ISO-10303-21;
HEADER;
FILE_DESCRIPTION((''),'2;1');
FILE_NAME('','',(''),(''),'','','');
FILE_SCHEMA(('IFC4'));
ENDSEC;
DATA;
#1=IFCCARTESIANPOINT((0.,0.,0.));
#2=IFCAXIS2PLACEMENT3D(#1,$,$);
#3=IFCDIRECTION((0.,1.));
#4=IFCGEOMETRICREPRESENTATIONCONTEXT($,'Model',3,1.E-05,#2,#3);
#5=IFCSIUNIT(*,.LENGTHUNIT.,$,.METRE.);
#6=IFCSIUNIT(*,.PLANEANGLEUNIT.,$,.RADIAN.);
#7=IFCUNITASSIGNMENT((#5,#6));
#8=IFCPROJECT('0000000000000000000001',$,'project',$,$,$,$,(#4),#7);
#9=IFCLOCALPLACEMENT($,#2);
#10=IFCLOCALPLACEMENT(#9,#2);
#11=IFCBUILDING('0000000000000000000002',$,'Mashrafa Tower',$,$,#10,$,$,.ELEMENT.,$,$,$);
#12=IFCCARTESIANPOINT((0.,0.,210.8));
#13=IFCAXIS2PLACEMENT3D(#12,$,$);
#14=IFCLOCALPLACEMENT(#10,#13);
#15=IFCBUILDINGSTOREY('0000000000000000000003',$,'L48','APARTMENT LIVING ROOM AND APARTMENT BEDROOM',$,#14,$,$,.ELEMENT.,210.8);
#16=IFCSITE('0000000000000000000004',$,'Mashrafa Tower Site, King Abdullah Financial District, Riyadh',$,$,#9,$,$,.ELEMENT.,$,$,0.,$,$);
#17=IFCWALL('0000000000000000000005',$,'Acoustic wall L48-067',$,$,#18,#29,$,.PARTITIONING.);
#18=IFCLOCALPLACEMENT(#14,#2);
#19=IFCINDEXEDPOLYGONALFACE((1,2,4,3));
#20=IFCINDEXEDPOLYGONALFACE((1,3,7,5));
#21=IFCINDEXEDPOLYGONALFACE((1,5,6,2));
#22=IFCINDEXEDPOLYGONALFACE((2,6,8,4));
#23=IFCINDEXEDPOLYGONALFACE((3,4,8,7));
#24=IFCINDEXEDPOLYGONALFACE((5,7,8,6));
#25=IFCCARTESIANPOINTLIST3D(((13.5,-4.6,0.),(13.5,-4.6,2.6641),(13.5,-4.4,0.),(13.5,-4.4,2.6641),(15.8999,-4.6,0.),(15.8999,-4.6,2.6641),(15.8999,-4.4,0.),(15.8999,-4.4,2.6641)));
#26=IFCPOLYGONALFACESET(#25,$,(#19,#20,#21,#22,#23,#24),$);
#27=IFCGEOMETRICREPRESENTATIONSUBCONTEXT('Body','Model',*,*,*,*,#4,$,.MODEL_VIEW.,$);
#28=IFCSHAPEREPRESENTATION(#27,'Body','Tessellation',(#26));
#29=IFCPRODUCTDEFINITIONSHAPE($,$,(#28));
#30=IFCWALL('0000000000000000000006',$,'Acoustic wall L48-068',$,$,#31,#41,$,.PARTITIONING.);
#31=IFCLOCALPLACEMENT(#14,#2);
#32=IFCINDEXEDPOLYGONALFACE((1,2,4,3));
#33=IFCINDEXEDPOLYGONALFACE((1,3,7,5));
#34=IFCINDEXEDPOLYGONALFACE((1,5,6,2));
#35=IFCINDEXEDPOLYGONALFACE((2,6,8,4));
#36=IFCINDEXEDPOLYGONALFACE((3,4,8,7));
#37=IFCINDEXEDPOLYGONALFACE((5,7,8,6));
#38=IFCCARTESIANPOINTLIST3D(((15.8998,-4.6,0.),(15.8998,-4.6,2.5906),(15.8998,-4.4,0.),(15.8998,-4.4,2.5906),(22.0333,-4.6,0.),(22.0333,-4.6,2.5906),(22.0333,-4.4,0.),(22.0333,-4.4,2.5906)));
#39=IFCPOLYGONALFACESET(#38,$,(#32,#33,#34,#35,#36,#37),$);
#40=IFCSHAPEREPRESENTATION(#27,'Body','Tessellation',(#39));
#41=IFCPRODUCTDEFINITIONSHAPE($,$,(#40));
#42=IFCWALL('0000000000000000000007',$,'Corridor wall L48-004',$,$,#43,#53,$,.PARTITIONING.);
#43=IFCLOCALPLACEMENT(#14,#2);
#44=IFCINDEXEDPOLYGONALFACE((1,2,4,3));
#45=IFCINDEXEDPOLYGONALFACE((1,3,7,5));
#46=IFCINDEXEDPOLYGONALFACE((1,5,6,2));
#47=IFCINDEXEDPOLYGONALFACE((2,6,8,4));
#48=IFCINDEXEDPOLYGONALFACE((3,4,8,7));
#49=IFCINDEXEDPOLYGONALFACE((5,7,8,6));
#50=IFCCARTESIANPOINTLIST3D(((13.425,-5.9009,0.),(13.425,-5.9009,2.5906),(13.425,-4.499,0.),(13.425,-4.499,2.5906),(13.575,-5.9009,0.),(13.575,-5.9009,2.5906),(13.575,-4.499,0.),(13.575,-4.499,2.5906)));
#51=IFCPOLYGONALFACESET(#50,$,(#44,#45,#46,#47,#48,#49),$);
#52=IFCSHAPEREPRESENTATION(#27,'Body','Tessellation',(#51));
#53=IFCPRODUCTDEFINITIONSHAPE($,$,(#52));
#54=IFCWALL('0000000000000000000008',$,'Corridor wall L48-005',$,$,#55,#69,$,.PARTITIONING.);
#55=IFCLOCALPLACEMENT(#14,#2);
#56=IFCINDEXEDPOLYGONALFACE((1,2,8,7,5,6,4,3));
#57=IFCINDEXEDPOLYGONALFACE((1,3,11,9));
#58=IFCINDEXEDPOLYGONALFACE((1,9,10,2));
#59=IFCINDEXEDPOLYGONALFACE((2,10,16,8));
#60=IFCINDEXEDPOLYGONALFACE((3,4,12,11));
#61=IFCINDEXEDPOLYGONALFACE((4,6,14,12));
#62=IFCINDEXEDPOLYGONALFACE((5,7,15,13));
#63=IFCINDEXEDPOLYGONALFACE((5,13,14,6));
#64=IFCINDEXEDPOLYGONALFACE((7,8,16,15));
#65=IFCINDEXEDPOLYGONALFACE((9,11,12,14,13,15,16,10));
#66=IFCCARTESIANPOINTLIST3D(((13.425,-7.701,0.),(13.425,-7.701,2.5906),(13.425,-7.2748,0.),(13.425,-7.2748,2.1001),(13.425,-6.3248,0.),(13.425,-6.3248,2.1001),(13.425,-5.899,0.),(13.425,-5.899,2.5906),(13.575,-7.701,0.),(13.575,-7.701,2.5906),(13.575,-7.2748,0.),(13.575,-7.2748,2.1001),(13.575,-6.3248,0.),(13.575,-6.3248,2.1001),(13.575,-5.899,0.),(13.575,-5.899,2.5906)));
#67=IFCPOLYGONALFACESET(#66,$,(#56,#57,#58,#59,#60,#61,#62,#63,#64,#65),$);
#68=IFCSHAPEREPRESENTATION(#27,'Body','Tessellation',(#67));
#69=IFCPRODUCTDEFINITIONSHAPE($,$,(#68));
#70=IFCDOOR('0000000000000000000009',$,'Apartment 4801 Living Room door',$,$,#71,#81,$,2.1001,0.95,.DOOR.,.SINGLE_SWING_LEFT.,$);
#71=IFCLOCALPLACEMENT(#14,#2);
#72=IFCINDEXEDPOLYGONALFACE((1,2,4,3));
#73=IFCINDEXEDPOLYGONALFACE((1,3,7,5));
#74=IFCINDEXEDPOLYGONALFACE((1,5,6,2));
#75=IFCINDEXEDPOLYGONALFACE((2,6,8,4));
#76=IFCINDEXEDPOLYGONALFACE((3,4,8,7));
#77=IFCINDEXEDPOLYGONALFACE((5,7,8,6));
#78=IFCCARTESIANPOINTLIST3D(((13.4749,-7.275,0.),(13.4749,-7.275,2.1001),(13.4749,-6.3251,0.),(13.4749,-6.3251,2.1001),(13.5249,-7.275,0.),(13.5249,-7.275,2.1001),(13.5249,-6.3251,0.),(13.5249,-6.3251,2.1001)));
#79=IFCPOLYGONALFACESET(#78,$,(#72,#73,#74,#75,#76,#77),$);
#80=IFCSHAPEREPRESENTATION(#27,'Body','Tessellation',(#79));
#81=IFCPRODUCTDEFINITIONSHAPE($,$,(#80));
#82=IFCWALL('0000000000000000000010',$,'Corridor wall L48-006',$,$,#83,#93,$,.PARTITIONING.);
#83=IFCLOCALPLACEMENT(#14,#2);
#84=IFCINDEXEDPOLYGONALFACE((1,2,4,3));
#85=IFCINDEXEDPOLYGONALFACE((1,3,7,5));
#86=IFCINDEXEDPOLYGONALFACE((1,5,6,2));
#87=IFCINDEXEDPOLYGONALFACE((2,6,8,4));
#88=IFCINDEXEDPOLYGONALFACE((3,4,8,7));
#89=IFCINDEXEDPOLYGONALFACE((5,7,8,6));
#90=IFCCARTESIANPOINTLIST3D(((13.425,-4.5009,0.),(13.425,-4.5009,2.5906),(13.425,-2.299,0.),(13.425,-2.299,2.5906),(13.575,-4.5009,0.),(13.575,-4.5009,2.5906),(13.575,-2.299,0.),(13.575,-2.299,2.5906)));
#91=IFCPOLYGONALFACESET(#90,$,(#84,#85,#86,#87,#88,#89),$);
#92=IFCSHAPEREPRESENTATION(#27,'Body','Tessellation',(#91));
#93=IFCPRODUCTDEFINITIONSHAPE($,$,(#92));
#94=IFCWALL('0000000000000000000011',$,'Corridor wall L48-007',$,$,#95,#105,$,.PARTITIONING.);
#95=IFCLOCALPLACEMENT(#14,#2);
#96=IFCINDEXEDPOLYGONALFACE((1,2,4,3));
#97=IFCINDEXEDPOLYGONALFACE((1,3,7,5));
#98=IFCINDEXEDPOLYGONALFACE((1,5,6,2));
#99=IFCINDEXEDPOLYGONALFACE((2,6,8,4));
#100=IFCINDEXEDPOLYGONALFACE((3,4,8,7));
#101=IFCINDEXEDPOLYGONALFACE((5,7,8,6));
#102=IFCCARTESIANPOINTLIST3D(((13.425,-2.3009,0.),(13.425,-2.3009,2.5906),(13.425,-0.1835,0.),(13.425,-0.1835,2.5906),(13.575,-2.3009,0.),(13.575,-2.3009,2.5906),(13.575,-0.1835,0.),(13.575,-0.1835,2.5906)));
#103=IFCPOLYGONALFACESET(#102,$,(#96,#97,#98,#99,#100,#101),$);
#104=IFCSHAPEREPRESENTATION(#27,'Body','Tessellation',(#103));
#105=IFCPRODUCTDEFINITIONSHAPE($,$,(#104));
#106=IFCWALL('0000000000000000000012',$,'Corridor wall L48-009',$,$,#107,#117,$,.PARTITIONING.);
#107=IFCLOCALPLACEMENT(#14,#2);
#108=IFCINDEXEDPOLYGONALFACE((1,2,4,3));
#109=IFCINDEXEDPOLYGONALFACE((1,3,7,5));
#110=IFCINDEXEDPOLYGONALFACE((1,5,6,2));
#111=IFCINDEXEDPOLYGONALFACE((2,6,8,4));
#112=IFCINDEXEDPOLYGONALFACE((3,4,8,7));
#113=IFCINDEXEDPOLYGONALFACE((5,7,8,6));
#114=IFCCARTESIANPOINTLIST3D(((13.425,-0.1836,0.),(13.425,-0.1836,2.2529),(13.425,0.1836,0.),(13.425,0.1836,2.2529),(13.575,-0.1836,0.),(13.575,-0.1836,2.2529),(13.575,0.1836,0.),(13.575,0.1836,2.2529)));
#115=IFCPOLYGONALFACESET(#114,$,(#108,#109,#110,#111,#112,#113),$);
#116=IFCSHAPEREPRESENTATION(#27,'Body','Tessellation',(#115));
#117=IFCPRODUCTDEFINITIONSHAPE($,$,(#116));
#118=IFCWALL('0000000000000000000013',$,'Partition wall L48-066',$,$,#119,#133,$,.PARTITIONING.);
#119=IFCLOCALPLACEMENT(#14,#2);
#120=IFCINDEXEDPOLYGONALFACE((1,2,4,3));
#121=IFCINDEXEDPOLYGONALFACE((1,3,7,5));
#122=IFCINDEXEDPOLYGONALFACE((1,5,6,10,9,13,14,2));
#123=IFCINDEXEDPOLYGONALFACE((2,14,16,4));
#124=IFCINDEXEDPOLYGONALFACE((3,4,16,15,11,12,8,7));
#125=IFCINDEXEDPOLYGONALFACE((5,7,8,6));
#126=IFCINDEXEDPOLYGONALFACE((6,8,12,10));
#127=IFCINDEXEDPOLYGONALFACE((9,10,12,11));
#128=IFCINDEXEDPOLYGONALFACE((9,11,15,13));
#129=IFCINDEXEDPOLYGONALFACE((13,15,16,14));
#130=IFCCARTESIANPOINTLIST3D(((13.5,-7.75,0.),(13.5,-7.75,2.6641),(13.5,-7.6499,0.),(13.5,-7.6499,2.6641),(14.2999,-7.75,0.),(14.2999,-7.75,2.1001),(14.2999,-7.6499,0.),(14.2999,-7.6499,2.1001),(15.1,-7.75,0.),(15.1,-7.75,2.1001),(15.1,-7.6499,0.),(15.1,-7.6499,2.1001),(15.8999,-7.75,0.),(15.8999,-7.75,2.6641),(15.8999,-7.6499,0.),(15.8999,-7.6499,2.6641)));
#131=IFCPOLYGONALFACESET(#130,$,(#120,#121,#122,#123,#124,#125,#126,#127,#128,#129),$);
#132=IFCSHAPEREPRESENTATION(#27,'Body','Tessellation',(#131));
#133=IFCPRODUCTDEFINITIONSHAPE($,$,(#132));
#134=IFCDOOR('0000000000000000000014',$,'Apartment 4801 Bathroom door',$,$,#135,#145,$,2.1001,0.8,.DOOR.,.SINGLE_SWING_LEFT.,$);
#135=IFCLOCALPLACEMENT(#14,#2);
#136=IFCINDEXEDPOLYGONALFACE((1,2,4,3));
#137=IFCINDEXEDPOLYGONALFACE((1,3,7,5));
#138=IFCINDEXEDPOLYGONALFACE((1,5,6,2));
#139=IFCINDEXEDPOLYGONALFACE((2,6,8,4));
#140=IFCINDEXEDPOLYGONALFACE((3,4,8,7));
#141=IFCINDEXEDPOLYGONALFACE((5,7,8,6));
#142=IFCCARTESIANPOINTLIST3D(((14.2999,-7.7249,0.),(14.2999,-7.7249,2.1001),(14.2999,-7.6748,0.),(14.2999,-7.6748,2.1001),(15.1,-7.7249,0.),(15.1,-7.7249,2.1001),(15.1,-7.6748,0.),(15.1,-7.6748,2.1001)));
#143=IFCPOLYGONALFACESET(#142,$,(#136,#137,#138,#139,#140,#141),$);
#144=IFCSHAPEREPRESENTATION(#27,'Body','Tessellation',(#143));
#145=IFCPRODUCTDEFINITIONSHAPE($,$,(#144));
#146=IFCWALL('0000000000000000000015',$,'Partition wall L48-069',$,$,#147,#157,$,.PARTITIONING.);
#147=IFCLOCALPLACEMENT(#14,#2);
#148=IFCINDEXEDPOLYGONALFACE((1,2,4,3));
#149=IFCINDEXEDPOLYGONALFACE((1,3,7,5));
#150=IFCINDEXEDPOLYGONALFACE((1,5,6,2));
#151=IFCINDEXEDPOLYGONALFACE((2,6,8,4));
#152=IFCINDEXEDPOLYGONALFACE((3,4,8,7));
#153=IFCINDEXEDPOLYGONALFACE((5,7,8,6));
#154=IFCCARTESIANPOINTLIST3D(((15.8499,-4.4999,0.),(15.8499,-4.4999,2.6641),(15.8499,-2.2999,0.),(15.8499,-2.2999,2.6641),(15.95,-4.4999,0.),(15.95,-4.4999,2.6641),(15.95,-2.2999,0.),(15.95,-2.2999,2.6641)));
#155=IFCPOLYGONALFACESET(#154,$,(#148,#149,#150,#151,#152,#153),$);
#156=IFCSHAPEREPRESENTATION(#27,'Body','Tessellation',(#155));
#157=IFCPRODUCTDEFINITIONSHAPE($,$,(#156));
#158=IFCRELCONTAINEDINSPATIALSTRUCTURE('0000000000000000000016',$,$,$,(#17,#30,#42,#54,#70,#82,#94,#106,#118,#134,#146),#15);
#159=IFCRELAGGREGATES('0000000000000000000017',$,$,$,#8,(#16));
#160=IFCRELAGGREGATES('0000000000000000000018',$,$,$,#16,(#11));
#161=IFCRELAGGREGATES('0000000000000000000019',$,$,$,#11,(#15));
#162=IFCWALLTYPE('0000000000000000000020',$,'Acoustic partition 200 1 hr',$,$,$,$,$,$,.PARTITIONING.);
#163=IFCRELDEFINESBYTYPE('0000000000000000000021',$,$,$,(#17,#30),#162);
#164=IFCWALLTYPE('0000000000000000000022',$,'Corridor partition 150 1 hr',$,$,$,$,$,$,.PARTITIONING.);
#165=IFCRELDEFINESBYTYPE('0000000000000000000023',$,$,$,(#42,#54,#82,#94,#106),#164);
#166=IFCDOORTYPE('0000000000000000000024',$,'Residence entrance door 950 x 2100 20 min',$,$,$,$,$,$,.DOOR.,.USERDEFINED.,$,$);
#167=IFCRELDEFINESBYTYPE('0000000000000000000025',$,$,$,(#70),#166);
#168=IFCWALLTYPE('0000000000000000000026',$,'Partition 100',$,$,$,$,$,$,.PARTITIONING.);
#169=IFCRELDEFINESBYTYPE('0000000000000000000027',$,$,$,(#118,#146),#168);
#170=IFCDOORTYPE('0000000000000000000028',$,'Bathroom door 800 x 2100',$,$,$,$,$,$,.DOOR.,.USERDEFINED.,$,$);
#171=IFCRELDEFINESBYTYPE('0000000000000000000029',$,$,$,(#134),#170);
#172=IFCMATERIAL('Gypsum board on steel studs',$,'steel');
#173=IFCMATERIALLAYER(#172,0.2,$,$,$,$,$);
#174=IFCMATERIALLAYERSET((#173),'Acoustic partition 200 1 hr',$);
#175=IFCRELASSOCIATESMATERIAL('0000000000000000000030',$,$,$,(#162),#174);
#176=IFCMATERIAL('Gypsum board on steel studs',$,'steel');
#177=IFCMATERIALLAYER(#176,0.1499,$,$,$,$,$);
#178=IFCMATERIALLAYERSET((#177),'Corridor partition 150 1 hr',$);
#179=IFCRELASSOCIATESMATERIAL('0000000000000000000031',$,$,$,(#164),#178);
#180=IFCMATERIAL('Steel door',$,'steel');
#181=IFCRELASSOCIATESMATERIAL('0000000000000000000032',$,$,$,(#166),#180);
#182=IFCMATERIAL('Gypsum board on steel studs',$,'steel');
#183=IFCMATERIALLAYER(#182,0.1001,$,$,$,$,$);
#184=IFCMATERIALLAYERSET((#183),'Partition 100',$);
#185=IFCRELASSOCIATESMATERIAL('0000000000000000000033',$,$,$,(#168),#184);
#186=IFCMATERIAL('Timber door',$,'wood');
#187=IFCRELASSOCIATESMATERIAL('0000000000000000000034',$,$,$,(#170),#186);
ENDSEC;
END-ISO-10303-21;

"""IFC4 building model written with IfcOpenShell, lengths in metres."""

from ifc_helpers import new_model, si_unit, direction, frame, frame_2d, origin, place, context, subcontext, project, spatial, rectangle, extrude, material, layer, layer_set, type_object, element, fill, save


model = new_model("IFC4")

# Units and contexts
model_context = context("Model", 3, precision=1e-05, world=origin(), true_north=direction((0.0, 1.0)))
body_context = subcontext(model_context, "Body", "Model", "MODEL_VIEW")
ifc_project = project(units=[si_unit("LENGTHUNIT", "METRE"), si_unit("PLANEANGLEUNIT", "RADIAN")], contexts=[model_context])

# Site, building, storey
site_placement = place(None, origin())
site = spatial("IfcSite", under=ifc_project, at=site_placement, Name="Mashrafa Tower Site, King Abdullah Financial District, Riyadh", CompositionType="ELEMENT", RefElevation=0.0)
building_placement = place(site_placement, origin())
building = spatial("IfcBuilding", under=site, at=building_placement, Name="Mashrafa Tower", CompositionType="ELEMENT")
storey_placement = place(building_placement, frame((0.0, 0.0, 210.8)))
storey = spatial("IfcBuildingStorey", under=building, at=storey_placement, Name="L48", Description="APARTMENT LIVING ROOM AND APARTMENT BEDROOM", CompositionType="ELEMENT", Elevation=210.8)

# Walls
ifc_material_1 = material(Name="Gypsum board on steel studs", Category="steel")
ifc_layer_1 = layer(ifc_material_1, 0.2)
ifc_layer_set_1 = layer_set([ifc_layer_1], Name="Acoustic partition 200 1 hr")
wall_type_1 = type_object("IfcWallType", Name="Acoustic partition 200 1 hr", PredefinedType="PARTITIONING", material=ifc_layer_set_1)
wall_1_placement = place(storey_placement, frame((15.8999, -4.5, 0.0), z_axis=(0.0, 0.0, 1.0), x_axis=(-1.0, 0.0, 0.0)))
element("IfcWall", 1, at=wall_1_placement, inside=storey, type_object=wall_type_1, Name="Acoustic wall L48-067", PredefinedType="PARTITIONING", context=body_context, shape_type="SweptSolid", body=[
    extrude(rectangle(XDim=2.3999, YDim=0.2, at=frame_2d((1.2, 0.0))), origin(), (0.0, 0.0, 1.0), 2.6641),
])
wall_2_placement = place(storey_placement, frame((22.0334, -4.5, 0.0), z_axis=(0.0, 0.0, 1.0), x_axis=(-1.0, 0.0, 0.0)))
element("IfcWall", 2, at=wall_2_placement, inside=storey, type_object=wall_type_1, Name="Acoustic wall L48-068", PredefinedType="PARTITIONING", context=body_context, shape_type="SweptSolid", body=[
    extrude(rectangle(XDim=6.1335, YDim=0.2, at=frame_2d((3.0669, 0.0))), origin(), (0.0, 0.0, 1.0), 2.5906),
])
ifc_material_2 = material(Name="Gypsum board on steel studs", Category="steel")
ifc_layer_2 = layer(ifc_material_2, 0.1499)
ifc_layer_set_2 = layer_set([ifc_layer_2], Name="Corridor partition 150 1 hr")
wall_type_2 = type_object("IfcWallType", Name="Corridor partition 150 1 hr", PredefinedType="PARTITIONING", material=ifc_layer_set_2)
wall_3_placement = place(storey_placement, frame((13.5, -5.9009, 0.0), z_axis=(0.0, 0.0, 1.0), x_axis=(0.0, 1.0, 0.0)))
element("IfcWall", 3, at=wall_3_placement, inside=storey, type_object=wall_type_2, Name="Corridor wall L48-004", PredefinedType="PARTITIONING", context=body_context, shape_type="SweptSolid", body=[
    extrude(rectangle(XDim=1.4019, YDim=0.1499, at=frame_2d((0.7009, 0.0))), origin(), (0.0, 0.0, 1.0), 2.5906),
])

# Wall, opening, door
wall_4_placement = place(storey_placement, frame((13.5, -7.7009, 0.0), z_axis=(0.0, 0.0, 1.0), x_axis=(0.0, 1.0, 0.0)))
wall_4 = element("IfcWall", 4, at=wall_4_placement, inside=storey, type_object=wall_type_2, Name="Corridor wall L48-005", PredefinedType="PARTITIONING", context=body_context, shape_type="SweptSolid", body=[
    extrude(rectangle(XDim=1.802, YDim=0.1499, at=frame_2d((0.9009, 0.0))), origin(), (0.0, 0.0, 1.0), 2.5906),
])
opening_1_placement = place(wall_4_placement, frame((0.426, 0.0, 0.0)))
opening_1 = element("IfcOpeningElement", 5, at=opening_1_placement, cuts=wall_4, PredefinedType="OPENING", context=body_context, shape_type="SweptSolid", body=[
    extrude(rectangle(XDim=0.95, YDim=2.1001, at=frame_2d((0.4751, 1.05))), frame((0.0, 0.085, 0.0), z_axis=(0.0, -1.0, 0.0), x_axis=(1.0, 0.0, 0.0)), (0.0, 0.0, 1.0), 0.1699),
])
ifc_material_3 = material(Name="Steel door", Category="steel")
door_type_1 = type_object("IfcDoorType", Name="Residence entrance door 950 x 2100 20 min", OperationType="USERDEFINED", PredefinedType="DOOR", material=ifc_material_3)
door_1_placement = place(opening_1_placement, frame((0.95, 0.0, 0.0), z_axis=(0.0, 0.0, 1.0), x_axis=(-1.0, 0.0, 0.0)))
door_1 = element("IfcDoor", 6, at=door_1_placement, inside=storey, type_object=door_type_1, Name="Apartment 4801 Living Room door", OperationType="SINGLE_SWING_LEFT", OverallHeight=2.1001, OverallWidth=0.95, PredefinedType="DOOR", context=body_context, shape_type="SweptSolid", body=[
    extrude(rectangle(XDim=0.95, YDim=2.1001, at=frame_2d((0.4751, 1.05))), frame((0.0, 0.0249, 0.0), z_axis=(0.0, -1.0, 0.0), x_axis=(1.0, 0.0, 0.0)), (0.0, 0.0, 1.0), 0.05),
])
fill(opening_1, door_1)

# Walls
wall_5_placement = place(storey_placement, frame((13.5, -4.501, 0.0), z_axis=(0.0, 0.0, 1.0), x_axis=(0.0, 1.0, 0.0)))
element("IfcWall", 7, at=wall_5_placement, inside=storey, type_object=wall_type_2, Name="Corridor wall L48-006", PredefinedType="PARTITIONING", context=body_context, shape_type="SweptSolid", body=[
    extrude(rectangle(XDim=2.2019, YDim=0.1499, at=frame_2d((1.1011, 0.0))), origin(), (0.0, 0.0, 1.0), 2.5906),
])
wall_6_placement = place(storey_placement, frame((13.5, -0.1836, 0.0), z_axis=(0.0, 0.0, 1.0), x_axis=(0.0, -1.0, 0.0)))
element("IfcWall", 8, at=wall_6_placement, inside=storey, type_object=wall_type_2, Name="Corridor wall L48-007", PredefinedType="PARTITIONING", context=body_context, shape_type="SweptSolid", body=[
    extrude(rectangle(XDim=2.1174, YDim=0.1499, at=frame_2d((1.0586, 0.0))), origin(), (0.0, 0.0, 1.0), 2.5906),
])
wall_7_placement = place(storey_placement, frame((13.5, -0.1836, 0.0), z_axis=(0.0, 0.0, 1.0), x_axis=(0.0, 1.0, 0.0)))
element("IfcWall", 9, at=wall_7_placement, inside=storey, type_object=wall_type_2, Name="Corridor wall L48-009", PredefinedType="PARTITIONING", context=body_context, shape_type="SweptSolid", body=[
    extrude(rectangle(XDim=0.3672, YDim=0.1499, at=frame_2d((0.1836, 0.0))), origin(), (0.0, 0.0, 1.0), 2.2529),
])

# Wall, opening, door
ifc_material_4 = material(Name="Gypsum board on steel studs", Category="steel")
ifc_layer_3 = layer(ifc_material_4, 0.1001)
ifc_layer_set_3 = layer_set([ifc_layer_3], Name="Partition 100")
wall_type_3 = type_object("IfcWallType", Name="Partition 100", PredefinedType="PARTITIONING", material=ifc_layer_set_3)
wall_8_placement = place(storey_placement, frame((15.8999, -7.7, 0.0), z_axis=(0.0, 0.0, 1.0), x_axis=(-1.0, 0.0, 0.0)))
wall_8 = element("IfcWall", 10, at=wall_8_placement, inside=storey, type_object=wall_type_3, Name="Partition wall L48-066", PredefinedType="PARTITIONING", context=body_context, shape_type="SweptSolid", body=[
    extrude(rectangle(XDim=2.3999, YDim=0.1001, at=frame_2d((1.2, 0.0))), origin(), (0.0, 0.0, 1.0), 2.6641),
])
opening_2_placement = place(wall_8_placement, frame((0.8, 0.0, 0.0)))
opening_2 = element("IfcOpeningElement", 11, at=opening_2_placement, cuts=wall_8, PredefinedType="OPENING", context=body_context, shape_type="SweptSolid", body=[
    extrude(rectangle(XDim=0.8, YDim=2.1001, at=frame_2d((0.3999, 1.05))), frame((0.0, 0.0601, 0.0), z_axis=(0.0, -1.0, 0.0), x_axis=(1.0, 0.0, 0.0)), (0.0, 0.0, 1.0), 0.1201),
])
ifc_material_5 = material(Name="Timber door", Category="wood")
door_type_2 = type_object("IfcDoorType", Name="Bathroom door 800 x 2100", OperationType="USERDEFINED", PredefinedType="DOOR", material=ifc_material_5)
door_2_placement = place(opening_2_placement, origin())
door_2 = element("IfcDoor", 12, at=door_2_placement, inside=storey, type_object=door_type_2, Name="Apartment 4801 Bathroom door", OperationType="SINGLE_SWING_LEFT", OverallHeight=2.1001, OverallWidth=0.8, PredefinedType="DOOR", context=body_context, shape_type="SweptSolid", body=[
    extrude(rectangle(XDim=0.8, YDim=2.1001, at=frame_2d((0.3999, 1.05))), frame((0.0, 0.0249, 0.0), z_axis=(0.0, -1.0, 0.0), x_axis=(1.0, 0.0, 0.0)), (0.0, 0.0, 1.0), 0.05),
])
fill(opening_2, door_2)

# Wall
wall_9_placement = place(storey_placement, frame((15.8999, -4.5, 0.0), z_axis=(0.0, 0.0, 1.0), x_axis=(0.0, 1.0, 0.0)))
element("IfcWall", 13, at=wall_9_placement, inside=storey, type_object=wall_type_3, Name="Partition wall L48-069", PredefinedType="PARTITIONING", context=body_context, shape_type="SweptSolid", body=[
    extrude(rectangle(XDim=2.2, YDim=0.1001, at=frame_2d((1.1001, 0.0))), origin(), (0.0, 0.0, 1.0), 2.6641),
])

save(model, "model.ifc")
